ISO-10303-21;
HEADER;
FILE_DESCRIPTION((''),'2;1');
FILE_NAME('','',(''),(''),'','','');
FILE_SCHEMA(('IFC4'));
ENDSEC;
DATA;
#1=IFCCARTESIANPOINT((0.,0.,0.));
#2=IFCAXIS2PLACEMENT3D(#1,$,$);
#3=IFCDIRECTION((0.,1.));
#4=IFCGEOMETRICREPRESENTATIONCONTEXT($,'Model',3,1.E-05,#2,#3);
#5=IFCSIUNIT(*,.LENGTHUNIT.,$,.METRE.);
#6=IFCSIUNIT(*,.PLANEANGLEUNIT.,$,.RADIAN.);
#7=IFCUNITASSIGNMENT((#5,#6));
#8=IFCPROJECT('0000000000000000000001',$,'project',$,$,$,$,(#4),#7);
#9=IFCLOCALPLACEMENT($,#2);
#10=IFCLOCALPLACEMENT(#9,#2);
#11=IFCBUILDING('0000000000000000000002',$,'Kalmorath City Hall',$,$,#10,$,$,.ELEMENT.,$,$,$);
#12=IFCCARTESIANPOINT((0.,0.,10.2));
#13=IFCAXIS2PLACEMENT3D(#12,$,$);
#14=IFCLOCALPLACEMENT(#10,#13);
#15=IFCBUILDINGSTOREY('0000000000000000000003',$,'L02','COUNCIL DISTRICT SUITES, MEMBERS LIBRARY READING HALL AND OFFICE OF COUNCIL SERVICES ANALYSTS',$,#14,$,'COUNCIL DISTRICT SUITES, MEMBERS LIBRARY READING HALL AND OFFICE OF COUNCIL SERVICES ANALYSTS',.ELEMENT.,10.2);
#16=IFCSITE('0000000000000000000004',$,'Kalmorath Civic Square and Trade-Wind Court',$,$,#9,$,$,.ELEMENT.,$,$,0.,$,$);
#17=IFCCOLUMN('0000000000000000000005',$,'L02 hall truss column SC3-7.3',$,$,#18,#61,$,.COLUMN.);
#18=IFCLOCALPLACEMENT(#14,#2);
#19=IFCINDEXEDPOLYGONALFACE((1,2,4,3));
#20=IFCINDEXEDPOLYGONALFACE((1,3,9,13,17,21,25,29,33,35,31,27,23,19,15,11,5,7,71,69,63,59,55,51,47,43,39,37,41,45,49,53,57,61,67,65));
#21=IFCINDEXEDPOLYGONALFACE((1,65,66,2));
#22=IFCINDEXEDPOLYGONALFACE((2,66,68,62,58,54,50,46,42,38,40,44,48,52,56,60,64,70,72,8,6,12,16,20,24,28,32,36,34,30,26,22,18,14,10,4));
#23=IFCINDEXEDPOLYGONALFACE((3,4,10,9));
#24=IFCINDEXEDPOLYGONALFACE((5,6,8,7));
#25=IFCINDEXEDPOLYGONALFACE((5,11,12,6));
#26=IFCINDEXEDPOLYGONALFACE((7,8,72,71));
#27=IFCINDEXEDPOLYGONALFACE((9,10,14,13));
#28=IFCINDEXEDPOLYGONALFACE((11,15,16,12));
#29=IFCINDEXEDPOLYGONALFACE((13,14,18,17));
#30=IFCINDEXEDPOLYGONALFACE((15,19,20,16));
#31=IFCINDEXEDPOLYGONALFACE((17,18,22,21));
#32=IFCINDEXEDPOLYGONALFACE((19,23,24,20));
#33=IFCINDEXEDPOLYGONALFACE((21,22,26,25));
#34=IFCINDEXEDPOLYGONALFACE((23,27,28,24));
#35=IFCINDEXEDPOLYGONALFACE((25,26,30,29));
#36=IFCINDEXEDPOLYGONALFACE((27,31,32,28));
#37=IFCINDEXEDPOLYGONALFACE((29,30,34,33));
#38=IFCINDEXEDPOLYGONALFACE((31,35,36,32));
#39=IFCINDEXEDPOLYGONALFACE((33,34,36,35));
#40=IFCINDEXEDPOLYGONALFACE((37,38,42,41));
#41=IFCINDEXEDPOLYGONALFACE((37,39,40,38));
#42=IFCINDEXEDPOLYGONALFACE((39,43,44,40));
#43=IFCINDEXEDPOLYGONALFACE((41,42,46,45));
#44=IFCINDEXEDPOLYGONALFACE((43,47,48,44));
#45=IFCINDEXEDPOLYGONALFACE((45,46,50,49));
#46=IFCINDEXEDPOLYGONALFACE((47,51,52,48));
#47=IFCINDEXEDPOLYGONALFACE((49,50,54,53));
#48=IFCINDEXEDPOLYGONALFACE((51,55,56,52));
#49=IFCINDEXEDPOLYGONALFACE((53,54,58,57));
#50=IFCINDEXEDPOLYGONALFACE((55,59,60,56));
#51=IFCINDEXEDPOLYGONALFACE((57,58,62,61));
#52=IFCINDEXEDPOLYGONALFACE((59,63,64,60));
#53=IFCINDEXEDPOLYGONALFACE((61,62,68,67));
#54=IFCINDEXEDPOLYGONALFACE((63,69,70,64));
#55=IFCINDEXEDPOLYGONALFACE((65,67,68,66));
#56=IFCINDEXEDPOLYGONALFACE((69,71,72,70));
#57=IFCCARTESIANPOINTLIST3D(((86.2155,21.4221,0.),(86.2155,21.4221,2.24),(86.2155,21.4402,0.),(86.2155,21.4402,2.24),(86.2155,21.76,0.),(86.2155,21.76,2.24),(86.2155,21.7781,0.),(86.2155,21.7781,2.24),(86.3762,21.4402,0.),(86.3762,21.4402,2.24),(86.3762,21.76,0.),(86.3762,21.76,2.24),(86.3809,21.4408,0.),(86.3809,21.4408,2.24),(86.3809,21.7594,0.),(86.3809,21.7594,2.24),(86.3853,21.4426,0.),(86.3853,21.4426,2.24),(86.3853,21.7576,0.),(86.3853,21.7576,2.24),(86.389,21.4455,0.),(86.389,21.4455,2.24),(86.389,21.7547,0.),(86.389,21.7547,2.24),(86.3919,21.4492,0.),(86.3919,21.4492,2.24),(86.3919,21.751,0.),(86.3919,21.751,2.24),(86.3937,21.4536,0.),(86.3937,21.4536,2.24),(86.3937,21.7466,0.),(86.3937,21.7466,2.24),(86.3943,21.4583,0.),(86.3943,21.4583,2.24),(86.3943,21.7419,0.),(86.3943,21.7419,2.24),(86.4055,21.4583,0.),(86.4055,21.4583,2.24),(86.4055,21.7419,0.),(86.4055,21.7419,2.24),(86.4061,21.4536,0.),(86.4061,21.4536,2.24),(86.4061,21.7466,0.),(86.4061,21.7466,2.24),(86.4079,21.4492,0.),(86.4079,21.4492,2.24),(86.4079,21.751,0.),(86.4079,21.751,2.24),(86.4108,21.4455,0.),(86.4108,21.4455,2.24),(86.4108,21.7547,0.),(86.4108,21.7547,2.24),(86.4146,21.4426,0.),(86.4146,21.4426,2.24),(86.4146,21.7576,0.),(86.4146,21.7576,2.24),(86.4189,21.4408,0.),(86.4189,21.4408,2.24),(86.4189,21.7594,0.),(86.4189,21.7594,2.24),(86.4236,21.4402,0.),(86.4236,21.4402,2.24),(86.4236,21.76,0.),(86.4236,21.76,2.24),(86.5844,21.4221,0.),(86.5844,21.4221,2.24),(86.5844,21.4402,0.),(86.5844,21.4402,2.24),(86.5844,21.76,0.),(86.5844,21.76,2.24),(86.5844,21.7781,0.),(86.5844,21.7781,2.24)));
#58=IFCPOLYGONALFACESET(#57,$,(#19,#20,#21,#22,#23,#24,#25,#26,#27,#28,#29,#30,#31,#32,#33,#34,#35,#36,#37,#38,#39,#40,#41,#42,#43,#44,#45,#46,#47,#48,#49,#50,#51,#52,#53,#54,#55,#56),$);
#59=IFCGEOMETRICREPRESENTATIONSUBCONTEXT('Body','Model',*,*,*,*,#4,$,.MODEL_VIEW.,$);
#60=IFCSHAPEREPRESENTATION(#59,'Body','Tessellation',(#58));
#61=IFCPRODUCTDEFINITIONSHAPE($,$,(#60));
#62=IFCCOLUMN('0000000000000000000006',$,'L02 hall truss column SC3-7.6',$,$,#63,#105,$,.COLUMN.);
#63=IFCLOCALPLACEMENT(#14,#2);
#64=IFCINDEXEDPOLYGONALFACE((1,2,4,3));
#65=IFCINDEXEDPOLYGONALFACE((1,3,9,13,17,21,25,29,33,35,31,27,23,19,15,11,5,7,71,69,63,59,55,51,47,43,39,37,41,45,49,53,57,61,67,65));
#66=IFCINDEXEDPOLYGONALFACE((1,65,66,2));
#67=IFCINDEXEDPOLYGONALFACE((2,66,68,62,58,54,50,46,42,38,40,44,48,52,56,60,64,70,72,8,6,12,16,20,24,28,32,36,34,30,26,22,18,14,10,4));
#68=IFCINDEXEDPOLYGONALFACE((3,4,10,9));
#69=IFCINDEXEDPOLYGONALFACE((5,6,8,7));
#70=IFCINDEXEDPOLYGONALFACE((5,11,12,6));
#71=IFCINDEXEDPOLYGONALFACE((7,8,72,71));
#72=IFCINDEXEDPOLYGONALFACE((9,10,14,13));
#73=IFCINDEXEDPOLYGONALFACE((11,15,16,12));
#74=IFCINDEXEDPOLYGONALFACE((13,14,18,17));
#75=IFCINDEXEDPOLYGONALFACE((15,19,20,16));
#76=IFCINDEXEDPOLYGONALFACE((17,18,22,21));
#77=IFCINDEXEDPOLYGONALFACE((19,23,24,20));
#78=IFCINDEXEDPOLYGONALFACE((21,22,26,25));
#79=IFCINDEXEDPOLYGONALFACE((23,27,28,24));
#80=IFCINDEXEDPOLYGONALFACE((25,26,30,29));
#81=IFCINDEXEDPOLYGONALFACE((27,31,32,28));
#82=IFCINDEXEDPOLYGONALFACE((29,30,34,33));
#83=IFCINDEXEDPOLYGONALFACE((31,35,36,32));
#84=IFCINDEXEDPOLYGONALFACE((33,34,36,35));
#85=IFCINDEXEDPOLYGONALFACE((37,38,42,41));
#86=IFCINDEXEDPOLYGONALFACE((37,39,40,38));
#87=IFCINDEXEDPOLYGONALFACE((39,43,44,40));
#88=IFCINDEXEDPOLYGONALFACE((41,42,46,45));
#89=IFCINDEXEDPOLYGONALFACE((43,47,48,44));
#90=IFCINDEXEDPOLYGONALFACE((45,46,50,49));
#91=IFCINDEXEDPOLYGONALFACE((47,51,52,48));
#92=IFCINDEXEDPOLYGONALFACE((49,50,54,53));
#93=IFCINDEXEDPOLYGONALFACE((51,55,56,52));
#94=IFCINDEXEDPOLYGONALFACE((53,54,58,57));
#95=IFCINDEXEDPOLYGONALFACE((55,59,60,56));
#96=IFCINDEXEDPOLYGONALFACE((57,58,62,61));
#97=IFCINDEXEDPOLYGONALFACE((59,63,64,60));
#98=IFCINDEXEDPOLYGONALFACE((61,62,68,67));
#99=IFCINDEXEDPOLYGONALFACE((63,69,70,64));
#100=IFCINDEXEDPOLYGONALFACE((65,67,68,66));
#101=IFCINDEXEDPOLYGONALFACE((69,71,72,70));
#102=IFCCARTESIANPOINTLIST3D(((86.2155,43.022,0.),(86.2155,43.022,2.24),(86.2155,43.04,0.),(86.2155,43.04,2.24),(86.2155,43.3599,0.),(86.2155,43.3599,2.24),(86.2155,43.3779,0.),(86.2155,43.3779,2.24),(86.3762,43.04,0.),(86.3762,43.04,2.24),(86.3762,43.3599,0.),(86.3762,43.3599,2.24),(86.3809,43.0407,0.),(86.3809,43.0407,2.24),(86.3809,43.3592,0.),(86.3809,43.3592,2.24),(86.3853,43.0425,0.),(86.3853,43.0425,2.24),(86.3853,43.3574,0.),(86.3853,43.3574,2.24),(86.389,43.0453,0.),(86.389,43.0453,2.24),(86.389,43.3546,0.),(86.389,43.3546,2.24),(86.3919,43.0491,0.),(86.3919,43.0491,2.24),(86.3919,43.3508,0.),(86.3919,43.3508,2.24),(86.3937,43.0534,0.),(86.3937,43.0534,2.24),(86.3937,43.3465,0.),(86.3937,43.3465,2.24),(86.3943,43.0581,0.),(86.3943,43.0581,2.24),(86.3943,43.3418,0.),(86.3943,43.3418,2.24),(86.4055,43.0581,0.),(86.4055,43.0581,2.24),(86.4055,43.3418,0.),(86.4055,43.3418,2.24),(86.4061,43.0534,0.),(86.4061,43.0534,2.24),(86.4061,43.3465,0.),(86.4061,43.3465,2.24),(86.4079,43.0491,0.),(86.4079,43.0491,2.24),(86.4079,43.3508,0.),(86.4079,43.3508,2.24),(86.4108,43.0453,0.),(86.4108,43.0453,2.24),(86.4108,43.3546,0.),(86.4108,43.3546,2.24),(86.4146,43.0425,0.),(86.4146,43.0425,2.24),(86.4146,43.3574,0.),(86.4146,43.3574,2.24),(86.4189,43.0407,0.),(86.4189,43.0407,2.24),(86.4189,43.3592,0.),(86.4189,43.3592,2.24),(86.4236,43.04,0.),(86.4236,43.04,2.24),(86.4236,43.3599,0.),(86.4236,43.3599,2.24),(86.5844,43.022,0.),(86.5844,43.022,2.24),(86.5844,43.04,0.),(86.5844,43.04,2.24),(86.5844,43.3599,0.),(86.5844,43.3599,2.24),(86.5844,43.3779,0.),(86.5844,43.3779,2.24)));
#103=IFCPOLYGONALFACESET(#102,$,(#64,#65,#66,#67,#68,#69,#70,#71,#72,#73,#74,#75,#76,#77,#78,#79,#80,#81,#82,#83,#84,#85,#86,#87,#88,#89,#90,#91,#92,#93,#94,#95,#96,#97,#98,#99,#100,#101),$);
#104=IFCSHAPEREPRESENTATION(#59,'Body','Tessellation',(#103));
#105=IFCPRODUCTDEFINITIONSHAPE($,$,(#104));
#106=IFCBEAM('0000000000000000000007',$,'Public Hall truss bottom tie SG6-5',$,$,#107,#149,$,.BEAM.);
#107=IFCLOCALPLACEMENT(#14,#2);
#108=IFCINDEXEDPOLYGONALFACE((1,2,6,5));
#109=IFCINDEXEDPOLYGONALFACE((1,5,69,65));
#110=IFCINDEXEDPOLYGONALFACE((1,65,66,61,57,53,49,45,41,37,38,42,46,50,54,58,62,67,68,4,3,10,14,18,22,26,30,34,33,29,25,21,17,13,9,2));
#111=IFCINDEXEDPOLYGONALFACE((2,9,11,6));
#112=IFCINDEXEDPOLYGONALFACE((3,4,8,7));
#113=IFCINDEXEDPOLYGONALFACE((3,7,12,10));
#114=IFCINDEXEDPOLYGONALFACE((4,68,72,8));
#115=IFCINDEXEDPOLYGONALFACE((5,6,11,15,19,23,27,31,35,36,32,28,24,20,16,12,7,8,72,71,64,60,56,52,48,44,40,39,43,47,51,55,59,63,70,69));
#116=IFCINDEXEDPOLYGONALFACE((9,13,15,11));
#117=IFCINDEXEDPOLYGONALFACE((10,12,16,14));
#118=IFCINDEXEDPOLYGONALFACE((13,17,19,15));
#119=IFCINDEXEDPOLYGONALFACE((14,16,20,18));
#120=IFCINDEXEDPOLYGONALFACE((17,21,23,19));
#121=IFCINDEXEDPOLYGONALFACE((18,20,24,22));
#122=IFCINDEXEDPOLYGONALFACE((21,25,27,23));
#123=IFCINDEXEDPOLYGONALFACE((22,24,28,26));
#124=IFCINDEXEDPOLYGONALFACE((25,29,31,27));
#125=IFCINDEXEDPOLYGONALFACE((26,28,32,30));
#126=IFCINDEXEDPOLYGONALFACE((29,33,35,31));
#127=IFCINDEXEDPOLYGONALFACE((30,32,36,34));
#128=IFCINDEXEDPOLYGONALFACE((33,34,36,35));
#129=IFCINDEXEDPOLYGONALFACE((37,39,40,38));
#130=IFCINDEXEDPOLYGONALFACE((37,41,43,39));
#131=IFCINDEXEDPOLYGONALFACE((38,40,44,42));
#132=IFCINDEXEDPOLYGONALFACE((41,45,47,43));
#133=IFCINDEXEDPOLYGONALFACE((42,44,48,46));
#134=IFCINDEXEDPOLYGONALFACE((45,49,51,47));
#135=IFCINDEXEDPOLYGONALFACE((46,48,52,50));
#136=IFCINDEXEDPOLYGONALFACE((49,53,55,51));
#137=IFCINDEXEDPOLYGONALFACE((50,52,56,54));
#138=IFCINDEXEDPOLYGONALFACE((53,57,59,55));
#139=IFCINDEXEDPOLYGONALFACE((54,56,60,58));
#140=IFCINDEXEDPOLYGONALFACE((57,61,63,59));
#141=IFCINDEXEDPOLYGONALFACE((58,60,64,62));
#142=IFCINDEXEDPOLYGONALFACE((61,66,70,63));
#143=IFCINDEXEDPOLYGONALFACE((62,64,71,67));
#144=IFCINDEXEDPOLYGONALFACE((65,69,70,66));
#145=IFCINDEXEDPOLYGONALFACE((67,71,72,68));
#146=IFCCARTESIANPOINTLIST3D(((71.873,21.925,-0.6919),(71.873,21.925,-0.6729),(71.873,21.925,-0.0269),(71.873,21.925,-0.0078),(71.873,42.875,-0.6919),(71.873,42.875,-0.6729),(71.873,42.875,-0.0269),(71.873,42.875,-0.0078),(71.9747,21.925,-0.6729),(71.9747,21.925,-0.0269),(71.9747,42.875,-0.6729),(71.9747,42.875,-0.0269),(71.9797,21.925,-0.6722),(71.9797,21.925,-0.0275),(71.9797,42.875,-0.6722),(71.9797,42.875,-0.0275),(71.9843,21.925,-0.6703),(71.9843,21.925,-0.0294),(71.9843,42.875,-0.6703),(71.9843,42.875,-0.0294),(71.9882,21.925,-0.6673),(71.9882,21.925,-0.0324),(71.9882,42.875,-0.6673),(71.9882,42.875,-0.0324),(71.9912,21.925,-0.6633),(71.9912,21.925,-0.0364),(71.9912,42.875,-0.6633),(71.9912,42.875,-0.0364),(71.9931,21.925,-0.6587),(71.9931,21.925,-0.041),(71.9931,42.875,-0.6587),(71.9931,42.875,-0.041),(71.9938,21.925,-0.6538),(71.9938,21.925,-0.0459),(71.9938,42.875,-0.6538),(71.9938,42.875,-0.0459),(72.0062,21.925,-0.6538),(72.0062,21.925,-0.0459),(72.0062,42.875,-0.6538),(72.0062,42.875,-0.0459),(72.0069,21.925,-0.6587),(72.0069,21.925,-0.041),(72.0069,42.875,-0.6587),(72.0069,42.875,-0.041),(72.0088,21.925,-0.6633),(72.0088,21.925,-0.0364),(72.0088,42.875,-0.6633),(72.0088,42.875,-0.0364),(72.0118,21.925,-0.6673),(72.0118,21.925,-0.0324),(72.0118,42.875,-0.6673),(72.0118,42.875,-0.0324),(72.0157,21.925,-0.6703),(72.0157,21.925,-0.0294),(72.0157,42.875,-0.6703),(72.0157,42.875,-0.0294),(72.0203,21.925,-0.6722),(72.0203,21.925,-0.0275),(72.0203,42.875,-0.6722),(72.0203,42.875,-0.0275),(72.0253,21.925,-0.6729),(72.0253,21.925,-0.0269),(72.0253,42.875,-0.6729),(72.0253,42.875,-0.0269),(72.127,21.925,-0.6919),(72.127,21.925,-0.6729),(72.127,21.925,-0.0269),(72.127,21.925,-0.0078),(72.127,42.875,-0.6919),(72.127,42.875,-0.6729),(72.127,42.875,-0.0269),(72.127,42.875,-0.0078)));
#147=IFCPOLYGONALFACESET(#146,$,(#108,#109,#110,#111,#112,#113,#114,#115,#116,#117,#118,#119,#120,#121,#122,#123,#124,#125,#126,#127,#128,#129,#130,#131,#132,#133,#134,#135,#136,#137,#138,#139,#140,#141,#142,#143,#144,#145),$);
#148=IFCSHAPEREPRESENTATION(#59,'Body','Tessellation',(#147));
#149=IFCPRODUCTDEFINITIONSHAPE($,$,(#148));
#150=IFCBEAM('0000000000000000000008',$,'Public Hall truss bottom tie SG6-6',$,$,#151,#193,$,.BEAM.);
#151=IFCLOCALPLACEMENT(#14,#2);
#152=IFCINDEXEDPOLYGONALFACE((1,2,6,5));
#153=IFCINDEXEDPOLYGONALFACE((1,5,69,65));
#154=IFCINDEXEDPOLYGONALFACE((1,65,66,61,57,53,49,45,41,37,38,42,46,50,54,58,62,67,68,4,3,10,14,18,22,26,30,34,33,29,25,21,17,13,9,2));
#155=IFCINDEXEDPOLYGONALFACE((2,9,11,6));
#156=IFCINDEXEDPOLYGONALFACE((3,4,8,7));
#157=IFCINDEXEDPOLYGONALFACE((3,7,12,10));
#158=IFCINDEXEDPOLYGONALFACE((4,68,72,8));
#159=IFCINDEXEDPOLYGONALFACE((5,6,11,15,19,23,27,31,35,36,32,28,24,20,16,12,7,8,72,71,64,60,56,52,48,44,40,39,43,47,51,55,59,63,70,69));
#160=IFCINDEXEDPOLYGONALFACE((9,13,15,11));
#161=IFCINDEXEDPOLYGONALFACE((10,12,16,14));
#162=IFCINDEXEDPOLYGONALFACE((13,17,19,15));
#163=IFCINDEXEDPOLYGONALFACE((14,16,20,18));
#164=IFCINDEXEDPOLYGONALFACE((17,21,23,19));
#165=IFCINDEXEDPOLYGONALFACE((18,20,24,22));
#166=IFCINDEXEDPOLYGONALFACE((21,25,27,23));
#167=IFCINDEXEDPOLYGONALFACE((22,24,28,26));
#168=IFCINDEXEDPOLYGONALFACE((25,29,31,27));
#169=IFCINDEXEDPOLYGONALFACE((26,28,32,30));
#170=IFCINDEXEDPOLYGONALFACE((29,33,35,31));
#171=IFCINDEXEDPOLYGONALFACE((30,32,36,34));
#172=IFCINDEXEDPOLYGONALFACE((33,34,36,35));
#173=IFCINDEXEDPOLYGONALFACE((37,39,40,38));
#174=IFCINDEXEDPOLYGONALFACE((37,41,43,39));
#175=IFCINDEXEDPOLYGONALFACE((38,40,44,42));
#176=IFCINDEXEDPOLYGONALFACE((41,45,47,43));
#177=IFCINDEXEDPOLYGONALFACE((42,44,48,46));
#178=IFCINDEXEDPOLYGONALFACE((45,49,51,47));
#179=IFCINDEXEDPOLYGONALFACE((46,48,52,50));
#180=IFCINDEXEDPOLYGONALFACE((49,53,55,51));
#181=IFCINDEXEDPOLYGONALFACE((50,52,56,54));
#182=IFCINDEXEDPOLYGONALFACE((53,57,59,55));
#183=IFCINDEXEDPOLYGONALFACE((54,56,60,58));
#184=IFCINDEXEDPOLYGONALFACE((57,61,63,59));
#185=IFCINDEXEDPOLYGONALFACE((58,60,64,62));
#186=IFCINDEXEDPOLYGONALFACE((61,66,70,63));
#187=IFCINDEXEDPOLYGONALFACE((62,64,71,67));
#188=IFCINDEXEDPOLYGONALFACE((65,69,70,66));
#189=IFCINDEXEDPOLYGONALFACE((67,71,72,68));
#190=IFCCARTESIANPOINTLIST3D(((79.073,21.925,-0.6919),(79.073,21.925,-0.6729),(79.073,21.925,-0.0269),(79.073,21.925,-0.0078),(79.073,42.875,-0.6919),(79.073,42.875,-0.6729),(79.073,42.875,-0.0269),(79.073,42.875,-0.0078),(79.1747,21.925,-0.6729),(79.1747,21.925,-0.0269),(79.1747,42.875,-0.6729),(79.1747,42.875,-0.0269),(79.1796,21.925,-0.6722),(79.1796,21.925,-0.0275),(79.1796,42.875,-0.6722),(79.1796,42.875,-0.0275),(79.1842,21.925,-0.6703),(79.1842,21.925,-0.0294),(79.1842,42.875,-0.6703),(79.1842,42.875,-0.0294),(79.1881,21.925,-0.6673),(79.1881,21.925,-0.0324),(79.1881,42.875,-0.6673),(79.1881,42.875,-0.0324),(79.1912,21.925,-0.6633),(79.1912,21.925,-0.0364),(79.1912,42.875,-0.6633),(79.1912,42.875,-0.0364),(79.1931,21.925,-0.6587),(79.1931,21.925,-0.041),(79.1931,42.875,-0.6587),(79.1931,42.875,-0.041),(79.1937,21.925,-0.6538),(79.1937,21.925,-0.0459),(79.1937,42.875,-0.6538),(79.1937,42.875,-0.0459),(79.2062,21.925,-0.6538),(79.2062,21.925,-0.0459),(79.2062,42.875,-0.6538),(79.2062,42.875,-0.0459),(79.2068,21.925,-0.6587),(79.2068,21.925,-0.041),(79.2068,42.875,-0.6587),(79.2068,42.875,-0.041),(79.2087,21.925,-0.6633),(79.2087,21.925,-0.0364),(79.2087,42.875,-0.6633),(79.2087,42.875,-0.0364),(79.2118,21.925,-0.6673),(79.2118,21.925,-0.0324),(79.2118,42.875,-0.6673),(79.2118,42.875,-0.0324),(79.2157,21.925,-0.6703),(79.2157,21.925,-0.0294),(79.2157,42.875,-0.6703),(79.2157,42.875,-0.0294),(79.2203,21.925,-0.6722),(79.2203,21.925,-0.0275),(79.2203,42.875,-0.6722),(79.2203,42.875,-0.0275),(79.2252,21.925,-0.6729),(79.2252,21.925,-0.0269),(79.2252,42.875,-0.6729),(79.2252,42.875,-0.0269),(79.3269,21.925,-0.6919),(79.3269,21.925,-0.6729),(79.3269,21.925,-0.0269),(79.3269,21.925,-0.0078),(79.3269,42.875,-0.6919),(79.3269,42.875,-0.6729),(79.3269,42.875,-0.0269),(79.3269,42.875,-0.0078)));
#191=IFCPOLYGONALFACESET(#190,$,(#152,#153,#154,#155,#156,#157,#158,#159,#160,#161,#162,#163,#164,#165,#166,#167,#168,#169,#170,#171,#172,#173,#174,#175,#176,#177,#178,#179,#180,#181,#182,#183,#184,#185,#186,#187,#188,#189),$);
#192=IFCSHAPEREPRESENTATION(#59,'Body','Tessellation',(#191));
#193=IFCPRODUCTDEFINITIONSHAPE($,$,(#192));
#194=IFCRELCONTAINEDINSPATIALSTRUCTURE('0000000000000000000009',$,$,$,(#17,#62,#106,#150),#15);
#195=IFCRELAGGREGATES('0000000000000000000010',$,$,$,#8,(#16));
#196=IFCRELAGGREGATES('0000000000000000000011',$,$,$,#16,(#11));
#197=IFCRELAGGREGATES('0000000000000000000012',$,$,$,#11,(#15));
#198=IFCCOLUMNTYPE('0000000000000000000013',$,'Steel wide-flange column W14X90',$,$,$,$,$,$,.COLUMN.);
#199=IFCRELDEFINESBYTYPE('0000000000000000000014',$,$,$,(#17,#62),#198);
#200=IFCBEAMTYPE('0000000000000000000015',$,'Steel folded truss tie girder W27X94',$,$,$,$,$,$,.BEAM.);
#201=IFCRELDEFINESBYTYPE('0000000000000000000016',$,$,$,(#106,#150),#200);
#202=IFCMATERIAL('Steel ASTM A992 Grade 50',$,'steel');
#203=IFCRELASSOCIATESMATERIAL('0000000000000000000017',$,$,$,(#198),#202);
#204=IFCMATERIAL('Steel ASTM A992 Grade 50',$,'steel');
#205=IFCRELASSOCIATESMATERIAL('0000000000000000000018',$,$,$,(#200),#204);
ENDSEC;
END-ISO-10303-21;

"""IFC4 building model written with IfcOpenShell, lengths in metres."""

from ifc_helpers import new_model, si_unit, direction, frame, origin, origin_2d, place, context, subcontext, project, spatial, i_section, extrude, material, material_profile, profile_set, type_object, element, save


model = new_model("IFC4")

# Units and contexts
model_context = context("Model", 3, precision=1e-05, world=origin(), true_north=direction((0.0, 1.0)))
body_context = subcontext(model_context, "Body", "Model", "MODEL_VIEW")
ifc_project = project(units=[si_unit("LENGTHUNIT", "METRE"), si_unit("PLANEANGLEUNIT", "RADIAN")], contexts=[model_context])

# Site, building, storey
site_placement = place(None, origin())
site = spatial("IfcSite", under=ifc_project, at=site_placement, Name="Kalmorath Civic Square and Trade-Wind Court", CompositionType="ELEMENT", RefElevation=0.0)
building_placement = place(site_placement, origin())
building = spatial("IfcBuilding", under=site, at=building_placement, Name="Kalmorath City Hall", CompositionType="ELEMENT")
storey_placement = place(building_placement, frame((0.0, 0.0, 10.2)))
storey = spatial("IfcBuildingStorey", under=building, at=storey_placement, Name="L02", Description="COUNCIL DISTRICT SUITES, MEMBERS LIBRARY READING HALL AND OFFICE OF COUNCIL SERVICES ANALYSTS", LongName="COUNCIL DISTRICT SUITES, MEMBERS LIBRARY READING HALL AND OFFICE OF COUNCIL SERVICES ANALYSTS", CompositionType="ELEMENT", Elevation=10.2)

# Columns
ifc_material_1 = material(Name="Steel ASTM A992 Grade 50", Category="steel")
ifc_material_profile_1 = material_profile(ifc_material_1, i_section(OverallWidth=0.3689, OverallDepth=0.356, WebThickness=0.0112, FlangeThickness=0.0181, FilletRadius=0.0181, at=origin_2d()), Name="W14X90")
ifc_profile_set_1 = profile_set([ifc_material_profile_1], Name="Steel ASTM A992 Grade 50")
column_type = type_object("IfcColumnType", Name="Steel wide-flange column W14X90", PredefinedType="COLUMN", material=ifc_profile_set_1)
for number, where, z_axis, x_axis, name in (
    (1, (86.3999, 21.6001, 0.0), (0.0, 0.0, 1.0), (1.0, 0.0, 0.0), "L02 hall truss column SC3-7.3"),
    (2, (86.3999, 43.2, 0.0), (0.0, 0.0, 1.0), (1.0, 0.0, 0.0), "L02 hall truss column SC3-7.6"),
):
    element("IfcColumn", number, at=place(storey_placement, frame(where, z_axis=z_axis, x_axis=x_axis)), inside=storey, type_object=column_type, Name=name, PredefinedType="COLUMN", context=body_context, shape_type="SweptSolid", body=[
        extrude(i_section(OverallWidth=0.3689, OverallDepth=0.356, WebThickness=0.0112, FlangeThickness=0.0181, FilletRadius=0.0181, at=origin_2d()), origin(), (0.0, 0.0, 1.0), 2.24),
    ])

# Beams
ifc_material_2 = material(Name="Steel ASTM A992 Grade 50", Category="steel")
ifc_material_profile_2 = material_profile(ifc_material_2, i_section(OverallWidth=0.2539, OverallDepth=0.6841, WebThickness=0.0125, FlangeThickness=0.019, FilletRadius=0.019, at=origin_2d()), Name="W27X94")
ifc_profile_set_2 = profile_set([ifc_material_profile_2], Name="Steel ASTM A992 Grade 50")
beam_type_1 = type_object("IfcBeamType", Name="Steel folded truss tie girder W27X94", PredefinedType="BEAM", material=ifc_profile_set_2)
for number, where, z_axis, x_axis, name in (
    (3, (72.0, 21.925, -0.3499), (0.0, 1.0, 0.0), (-1.0, 0.0, 0.0), "Public Hall truss bottom tie SG6-5"),
    (4, (79.2, 21.925, -0.3499), (0.0, 1.0, 0.0), (-1.0, 0.0, 0.0), "Public Hall truss bottom tie SG6-6"),
):
    element("IfcBeam", number, at=place(storey_placement, frame(where, z_axis=z_axis, x_axis=x_axis)), inside=storey, type_object=beam_type_1, Name=name, PredefinedType="BEAM", context=body_context, shape_type="SweptSolid", body=[
        extrude(i_section(OverallWidth=0.2539, OverallDepth=0.6841, WebThickness=0.0125, FlangeThickness=0.019, FilletRadius=0.019, at=origin_2d()), origin(), (0.0, 0.0, 1.0), 20.95),
    ])

save(model, "model.ifc")
